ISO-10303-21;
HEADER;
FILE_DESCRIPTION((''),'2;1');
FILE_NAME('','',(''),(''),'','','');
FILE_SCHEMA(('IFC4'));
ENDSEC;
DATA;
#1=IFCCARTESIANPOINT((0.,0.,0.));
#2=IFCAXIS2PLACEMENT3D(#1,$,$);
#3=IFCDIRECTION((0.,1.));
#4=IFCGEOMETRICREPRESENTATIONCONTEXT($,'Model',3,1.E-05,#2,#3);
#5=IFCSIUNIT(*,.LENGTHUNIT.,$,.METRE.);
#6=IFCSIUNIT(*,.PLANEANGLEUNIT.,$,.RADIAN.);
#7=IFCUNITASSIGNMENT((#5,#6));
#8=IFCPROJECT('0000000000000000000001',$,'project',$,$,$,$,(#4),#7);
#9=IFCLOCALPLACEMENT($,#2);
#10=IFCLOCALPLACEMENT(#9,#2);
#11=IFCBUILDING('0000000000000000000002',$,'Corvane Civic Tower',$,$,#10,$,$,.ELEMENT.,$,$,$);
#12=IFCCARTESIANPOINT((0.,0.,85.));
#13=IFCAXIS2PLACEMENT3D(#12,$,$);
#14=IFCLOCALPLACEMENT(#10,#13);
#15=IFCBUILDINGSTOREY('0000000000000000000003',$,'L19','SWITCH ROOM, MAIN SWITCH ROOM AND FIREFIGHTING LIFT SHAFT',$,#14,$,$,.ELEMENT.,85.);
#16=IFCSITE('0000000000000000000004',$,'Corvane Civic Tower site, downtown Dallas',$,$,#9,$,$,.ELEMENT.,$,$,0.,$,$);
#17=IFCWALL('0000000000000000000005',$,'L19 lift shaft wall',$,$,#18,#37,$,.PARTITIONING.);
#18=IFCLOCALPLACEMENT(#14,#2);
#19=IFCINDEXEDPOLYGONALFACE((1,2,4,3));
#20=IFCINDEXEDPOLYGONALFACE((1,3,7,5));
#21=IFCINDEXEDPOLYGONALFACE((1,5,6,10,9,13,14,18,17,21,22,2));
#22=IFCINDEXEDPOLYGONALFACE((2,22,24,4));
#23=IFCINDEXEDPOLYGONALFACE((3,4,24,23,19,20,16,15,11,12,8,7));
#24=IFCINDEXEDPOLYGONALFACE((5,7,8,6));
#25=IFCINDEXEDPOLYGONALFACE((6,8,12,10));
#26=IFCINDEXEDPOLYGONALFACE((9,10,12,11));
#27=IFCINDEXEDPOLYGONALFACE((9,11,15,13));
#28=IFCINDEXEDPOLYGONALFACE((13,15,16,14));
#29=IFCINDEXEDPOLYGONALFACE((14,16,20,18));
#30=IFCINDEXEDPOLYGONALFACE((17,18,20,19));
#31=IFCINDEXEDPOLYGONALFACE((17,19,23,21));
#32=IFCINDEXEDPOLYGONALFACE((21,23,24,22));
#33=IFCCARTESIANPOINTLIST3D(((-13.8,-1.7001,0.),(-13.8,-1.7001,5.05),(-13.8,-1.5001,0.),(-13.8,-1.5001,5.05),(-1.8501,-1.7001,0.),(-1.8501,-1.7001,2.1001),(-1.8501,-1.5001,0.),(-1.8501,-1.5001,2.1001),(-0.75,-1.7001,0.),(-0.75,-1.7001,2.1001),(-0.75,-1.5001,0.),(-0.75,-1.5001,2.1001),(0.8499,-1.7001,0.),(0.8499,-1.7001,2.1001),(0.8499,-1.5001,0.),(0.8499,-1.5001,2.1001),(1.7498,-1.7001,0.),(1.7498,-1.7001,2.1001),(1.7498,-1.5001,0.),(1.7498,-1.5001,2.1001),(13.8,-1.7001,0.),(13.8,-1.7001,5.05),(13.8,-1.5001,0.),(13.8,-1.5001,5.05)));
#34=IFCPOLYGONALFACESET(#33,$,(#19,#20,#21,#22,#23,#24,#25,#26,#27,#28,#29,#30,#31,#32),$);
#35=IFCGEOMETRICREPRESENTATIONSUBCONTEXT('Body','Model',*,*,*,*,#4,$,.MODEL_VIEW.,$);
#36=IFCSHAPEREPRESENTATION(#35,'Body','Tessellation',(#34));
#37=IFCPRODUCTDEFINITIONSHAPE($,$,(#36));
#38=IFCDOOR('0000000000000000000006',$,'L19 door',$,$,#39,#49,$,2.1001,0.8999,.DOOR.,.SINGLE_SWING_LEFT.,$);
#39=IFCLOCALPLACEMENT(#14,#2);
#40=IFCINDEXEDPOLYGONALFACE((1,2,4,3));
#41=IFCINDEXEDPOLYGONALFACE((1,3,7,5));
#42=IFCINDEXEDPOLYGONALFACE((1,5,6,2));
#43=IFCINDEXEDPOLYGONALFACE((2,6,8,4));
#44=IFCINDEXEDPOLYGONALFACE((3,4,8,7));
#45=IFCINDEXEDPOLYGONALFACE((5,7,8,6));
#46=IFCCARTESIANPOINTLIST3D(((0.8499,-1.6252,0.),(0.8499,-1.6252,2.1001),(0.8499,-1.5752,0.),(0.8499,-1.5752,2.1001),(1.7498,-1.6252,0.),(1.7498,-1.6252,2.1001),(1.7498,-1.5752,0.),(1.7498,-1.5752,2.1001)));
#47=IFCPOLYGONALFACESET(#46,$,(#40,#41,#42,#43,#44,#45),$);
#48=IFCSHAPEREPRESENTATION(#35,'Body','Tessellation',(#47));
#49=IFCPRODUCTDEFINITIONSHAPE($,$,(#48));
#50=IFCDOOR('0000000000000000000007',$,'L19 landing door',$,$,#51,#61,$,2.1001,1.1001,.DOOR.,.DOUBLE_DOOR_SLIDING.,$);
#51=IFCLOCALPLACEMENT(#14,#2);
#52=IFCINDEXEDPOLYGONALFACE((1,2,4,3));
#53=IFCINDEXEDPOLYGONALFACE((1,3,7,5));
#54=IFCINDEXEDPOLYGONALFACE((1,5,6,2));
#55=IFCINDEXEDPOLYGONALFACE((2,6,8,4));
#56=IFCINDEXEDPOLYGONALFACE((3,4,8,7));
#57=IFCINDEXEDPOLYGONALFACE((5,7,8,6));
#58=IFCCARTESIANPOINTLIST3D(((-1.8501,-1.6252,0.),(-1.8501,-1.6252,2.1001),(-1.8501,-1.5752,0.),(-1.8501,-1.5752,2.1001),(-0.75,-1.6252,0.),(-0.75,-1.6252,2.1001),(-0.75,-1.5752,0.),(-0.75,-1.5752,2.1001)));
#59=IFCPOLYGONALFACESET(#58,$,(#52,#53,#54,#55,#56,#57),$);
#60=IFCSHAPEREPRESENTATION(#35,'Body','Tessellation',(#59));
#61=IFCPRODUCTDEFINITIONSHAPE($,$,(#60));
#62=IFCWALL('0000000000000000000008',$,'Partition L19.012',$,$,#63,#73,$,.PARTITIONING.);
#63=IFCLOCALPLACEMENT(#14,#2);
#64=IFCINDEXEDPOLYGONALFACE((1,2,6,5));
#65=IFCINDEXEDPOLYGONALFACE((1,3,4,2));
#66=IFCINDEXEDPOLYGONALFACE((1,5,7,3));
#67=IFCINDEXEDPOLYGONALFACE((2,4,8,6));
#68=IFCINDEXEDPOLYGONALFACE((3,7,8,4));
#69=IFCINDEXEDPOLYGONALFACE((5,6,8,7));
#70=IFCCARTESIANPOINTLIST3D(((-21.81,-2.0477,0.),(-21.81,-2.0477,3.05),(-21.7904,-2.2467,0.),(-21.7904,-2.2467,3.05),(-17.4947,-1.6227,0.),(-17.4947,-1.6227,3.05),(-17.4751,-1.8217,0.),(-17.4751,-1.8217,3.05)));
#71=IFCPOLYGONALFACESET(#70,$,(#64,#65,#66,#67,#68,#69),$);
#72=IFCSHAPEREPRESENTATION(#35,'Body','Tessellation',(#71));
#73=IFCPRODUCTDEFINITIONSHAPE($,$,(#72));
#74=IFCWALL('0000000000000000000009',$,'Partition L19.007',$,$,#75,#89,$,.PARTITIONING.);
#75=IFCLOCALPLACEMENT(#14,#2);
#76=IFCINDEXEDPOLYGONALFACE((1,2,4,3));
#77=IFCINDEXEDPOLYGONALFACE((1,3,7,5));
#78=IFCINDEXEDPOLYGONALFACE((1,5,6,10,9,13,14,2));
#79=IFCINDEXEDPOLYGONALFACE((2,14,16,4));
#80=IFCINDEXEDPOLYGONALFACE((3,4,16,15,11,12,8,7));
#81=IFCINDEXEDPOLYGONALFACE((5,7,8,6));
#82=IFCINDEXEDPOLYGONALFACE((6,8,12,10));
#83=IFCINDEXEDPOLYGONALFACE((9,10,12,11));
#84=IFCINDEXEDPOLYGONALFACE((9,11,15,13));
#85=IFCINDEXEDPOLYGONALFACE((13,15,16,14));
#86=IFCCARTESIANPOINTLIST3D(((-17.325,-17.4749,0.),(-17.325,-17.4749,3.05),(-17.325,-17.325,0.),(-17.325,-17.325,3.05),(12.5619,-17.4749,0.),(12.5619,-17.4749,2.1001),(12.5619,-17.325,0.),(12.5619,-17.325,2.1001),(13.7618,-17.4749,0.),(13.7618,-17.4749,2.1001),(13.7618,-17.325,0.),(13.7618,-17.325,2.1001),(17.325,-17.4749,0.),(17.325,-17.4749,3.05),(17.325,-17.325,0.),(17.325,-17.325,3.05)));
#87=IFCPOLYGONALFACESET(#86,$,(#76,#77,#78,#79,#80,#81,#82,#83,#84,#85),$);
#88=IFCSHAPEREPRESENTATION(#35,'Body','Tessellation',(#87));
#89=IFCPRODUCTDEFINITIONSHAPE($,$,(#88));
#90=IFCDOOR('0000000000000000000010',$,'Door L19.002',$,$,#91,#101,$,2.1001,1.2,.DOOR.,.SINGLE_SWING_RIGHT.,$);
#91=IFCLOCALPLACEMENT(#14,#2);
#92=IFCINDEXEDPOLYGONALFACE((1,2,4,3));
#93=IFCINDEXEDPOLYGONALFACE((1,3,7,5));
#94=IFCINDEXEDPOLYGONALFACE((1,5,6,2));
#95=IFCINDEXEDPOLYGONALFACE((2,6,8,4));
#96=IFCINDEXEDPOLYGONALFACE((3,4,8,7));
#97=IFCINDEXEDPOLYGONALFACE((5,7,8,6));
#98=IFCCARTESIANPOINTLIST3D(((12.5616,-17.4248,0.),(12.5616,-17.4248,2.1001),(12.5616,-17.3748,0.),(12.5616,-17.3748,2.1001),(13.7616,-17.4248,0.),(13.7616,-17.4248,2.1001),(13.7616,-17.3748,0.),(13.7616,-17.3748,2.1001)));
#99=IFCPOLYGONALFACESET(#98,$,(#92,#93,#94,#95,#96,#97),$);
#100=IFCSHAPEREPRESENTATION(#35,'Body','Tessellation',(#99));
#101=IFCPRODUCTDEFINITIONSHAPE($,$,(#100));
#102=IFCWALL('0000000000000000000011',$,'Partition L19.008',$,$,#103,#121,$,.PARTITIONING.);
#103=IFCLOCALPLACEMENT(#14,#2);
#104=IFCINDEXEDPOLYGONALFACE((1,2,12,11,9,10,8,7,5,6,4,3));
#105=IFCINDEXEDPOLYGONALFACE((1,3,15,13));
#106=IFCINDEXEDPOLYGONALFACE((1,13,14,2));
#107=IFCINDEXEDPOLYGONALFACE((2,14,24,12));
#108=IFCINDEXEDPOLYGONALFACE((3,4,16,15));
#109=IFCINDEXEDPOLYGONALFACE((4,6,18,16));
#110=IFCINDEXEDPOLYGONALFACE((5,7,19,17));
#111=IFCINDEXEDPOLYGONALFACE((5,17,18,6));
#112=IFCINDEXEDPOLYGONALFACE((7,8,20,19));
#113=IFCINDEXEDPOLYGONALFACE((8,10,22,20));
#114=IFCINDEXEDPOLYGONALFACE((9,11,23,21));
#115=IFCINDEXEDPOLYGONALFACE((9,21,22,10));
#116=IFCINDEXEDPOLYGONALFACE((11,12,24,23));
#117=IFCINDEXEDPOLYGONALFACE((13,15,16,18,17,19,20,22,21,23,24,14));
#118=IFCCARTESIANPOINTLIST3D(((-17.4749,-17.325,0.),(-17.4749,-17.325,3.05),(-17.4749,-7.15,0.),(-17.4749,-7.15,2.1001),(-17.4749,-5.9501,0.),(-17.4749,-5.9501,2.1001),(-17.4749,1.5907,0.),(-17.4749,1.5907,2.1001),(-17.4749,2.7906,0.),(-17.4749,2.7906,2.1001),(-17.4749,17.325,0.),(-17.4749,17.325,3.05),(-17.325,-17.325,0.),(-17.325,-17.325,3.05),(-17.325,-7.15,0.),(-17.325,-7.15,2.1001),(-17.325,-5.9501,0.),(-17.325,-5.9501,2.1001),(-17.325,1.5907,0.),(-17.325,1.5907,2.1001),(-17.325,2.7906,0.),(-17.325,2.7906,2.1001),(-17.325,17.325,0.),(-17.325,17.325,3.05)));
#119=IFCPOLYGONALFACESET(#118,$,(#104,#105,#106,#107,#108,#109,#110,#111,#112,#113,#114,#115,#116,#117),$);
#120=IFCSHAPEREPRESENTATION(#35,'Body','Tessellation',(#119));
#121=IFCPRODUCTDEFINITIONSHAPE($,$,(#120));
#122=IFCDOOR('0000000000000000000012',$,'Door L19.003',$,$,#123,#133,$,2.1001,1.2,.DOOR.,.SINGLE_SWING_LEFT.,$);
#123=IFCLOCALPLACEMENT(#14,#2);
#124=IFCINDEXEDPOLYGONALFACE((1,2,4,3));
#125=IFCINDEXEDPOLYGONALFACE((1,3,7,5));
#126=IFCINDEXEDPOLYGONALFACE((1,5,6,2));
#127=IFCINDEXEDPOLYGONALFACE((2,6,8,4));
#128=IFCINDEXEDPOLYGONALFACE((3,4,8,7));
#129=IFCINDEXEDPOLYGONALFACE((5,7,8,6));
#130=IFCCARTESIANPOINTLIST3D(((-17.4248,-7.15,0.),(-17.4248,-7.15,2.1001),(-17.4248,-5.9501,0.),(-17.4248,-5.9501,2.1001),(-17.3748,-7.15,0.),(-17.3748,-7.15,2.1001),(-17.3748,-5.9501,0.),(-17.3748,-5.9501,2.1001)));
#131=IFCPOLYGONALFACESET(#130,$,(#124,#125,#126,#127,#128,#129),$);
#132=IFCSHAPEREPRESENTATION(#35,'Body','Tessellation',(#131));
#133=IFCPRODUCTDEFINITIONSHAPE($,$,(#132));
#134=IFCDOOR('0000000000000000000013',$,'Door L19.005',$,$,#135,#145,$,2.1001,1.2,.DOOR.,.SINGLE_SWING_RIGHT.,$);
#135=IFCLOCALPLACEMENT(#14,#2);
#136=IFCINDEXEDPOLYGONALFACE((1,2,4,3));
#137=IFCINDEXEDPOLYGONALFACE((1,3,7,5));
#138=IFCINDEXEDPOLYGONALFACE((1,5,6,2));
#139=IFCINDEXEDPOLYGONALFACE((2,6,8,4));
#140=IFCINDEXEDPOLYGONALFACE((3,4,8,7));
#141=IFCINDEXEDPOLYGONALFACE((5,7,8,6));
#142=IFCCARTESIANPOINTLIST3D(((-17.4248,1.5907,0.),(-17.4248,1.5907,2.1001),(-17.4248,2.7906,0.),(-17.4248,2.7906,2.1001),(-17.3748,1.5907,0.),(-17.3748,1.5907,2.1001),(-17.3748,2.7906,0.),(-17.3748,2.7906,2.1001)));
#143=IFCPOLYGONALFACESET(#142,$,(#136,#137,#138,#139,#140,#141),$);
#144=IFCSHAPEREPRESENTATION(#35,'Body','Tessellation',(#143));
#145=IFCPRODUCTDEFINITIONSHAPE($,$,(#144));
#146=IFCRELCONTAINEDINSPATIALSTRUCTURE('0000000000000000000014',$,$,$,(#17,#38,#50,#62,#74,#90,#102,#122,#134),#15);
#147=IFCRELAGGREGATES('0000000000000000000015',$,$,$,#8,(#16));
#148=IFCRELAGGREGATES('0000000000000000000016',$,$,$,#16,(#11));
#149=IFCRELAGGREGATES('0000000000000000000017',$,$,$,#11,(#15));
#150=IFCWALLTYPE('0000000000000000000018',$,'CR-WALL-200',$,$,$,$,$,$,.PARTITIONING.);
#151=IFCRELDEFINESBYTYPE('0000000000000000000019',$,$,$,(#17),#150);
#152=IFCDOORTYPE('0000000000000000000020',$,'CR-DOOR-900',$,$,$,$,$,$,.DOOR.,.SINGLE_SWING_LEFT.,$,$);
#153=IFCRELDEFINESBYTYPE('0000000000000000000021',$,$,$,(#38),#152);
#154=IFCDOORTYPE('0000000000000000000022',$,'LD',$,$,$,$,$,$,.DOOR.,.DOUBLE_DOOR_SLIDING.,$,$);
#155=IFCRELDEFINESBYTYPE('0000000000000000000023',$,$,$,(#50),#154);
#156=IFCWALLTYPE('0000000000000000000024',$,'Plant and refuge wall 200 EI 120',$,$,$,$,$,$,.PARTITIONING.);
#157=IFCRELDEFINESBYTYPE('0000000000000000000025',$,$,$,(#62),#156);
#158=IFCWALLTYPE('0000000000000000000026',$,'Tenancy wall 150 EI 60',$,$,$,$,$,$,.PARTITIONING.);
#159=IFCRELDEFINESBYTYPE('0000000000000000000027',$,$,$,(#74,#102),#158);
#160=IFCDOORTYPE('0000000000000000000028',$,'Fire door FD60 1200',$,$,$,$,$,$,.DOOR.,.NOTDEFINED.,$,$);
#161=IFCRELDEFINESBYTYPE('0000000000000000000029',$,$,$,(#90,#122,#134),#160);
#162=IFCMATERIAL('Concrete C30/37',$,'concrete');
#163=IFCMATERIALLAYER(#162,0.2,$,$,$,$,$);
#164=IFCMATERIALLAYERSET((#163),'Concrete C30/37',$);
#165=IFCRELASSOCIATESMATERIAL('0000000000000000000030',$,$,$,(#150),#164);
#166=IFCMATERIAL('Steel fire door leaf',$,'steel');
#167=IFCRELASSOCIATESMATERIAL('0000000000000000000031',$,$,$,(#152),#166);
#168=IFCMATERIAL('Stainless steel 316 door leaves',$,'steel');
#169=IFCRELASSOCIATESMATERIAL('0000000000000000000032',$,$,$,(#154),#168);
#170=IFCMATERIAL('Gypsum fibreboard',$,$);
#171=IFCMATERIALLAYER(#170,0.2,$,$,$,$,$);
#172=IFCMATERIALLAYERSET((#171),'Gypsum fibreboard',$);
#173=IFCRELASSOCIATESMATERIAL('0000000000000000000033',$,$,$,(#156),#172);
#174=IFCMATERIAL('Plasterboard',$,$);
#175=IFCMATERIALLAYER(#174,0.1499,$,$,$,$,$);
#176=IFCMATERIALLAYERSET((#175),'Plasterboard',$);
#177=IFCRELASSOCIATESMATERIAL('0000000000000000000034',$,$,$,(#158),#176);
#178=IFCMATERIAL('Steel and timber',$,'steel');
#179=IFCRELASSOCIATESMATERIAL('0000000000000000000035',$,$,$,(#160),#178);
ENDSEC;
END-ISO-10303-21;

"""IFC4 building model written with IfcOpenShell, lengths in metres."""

from ifc_helpers import new_model, si_unit, direction, frame, frame_2d, origin, place, context, subcontext, project, spatial, rectangle, extrude, material, layer, layer_set, type_object, element, fill, save


model = new_model("IFC4")

# Units and contexts
model_context = context("Model", 3, precision=1e-05, world=origin(), true_north=direction((0.0, 1.0)))
body_context = subcontext(model_context, "Body", "Model", "MODEL_VIEW")
ifc_project = project(units=[si_unit("LENGTHUNIT", "METRE"), si_unit("PLANEANGLEUNIT", "RADIAN")], contexts=[model_context])

# Site, building, storey
site_placement = place(None, origin())
site = spatial("IfcSite", under=ifc_project, at=site_placement, Name="Corvane Civic Tower site, downtown Dallas", CompositionType="ELEMENT", RefElevation=0.0)
building_placement = place(site_placement, origin())
building = spatial("IfcBuilding", under=site, at=building_placement, Name="Corvane Civic Tower", CompositionType="ELEMENT")
storey_placement = place(building_placement, frame((0.0, 0.0, 85.0)))
storey = spatial("IfcBuildingStorey", under=building, at=storey_placement, Name="L19", Description="SWITCH ROOM, MAIN SWITCH ROOM AND FIREFIGHTING LIFT SHAFT", CompositionType="ELEMENT", Elevation=85.0)

# Shared definitions
ifc_material_1 = material(Name="Concrete C30/37", Category="concrete")
ifc_layer_1 = layer(ifc_material_1, 0.2)
ifc_layer_set_1 = layer_set([ifc_layer_1], Name="Concrete C30/37")
wall_type_1 = type_object("IfcWallType", Name="CR-WALL-200", PredefinedType="PARTITIONING", material=ifc_layer_set_1)
ifc_material_2 = material(Name="Steel fire door leaf", Category="steel")
door_type_1 = type_object("IfcDoorType", Name="CR-DOOR-900", OperationType="SINGLE_SWING_LEFT", PredefinedType="DOOR", material=ifc_material_2)

# Wall, openings, doors
wall_1_placement = place(storey_placement, frame((-13.8, -1.6001, 0.0), z_axis=(0.0, 0.0, 1.0), x_axis=(1.0, 0.0, 0.0)))
wall_1 = element("IfcWall", 1, at=wall_1_placement, inside=storey, type_object=wall_type_1, Name="L19 lift shaft wall", PredefinedType="PARTITIONING", context=body_context, shape_type="SweptSolid", body=[
    extrude(rectangle(XDim=27.6001, YDim=0.2, at=frame_2d((13.8, 0.0))), origin(), (0.0, 0.0, 1.0), 5.05),
])
opening_1_placement = place(wall_1_placement, frame((11.95, 0.0, 0.0)))
opening_1 = element("IfcOpeningElement", 2, at=opening_1_placement, cuts=wall_1, PredefinedType="OPENING", context=body_context, shape_type="SweptSolid", body=[
    extrude(rectangle(XDim=1.1001, YDim=2.1001, at=frame_2d((0.55, 1.05))), frame((0.0, 0.1099, 0.0), z_axis=(0.0, -1.0, 0.0), x_axis=(1.0, 0.0, 0.0)), (0.0, 0.0, 1.0), 0.22),
])
opening_2_placement = place(wall_1_placement, frame((14.6499, 0.0, 0.0)))
opening_2 = element("IfcOpeningElement", 3, at=opening_2_placement, cuts=wall_1, PredefinedType="OPENING", context=body_context, shape_type="SweptSolid", body=[
    extrude(rectangle(XDim=0.8999, YDim=2.1001, at=frame_2d((0.45, 1.05))), frame((0.0, 0.1099, 0.0), z_axis=(0.0, -1.0, 0.0), x_axis=(1.0, 0.0, 0.0)), (0.0, 0.0, 1.0), 0.22),
])
door_1_placement = place(opening_2_placement, origin())
door_1 = element("IfcDoor", 4, at=door_1_placement, inside=storey, type_object=door_type_1, Name="L19 door", OperationType="SINGLE_SWING_LEFT", OverallHeight=2.1001, OverallWidth=0.8999, PredefinedType="DOOR", context=body_context, shape_type="SweptSolid", body=[
    extrude(rectangle(XDim=0.8999, YDim=2.1001, at=frame_2d((0.45, 1.05))), frame((0.0, 0.0249, 0.0), z_axis=(0.0, -1.0, 0.0), x_axis=(1.0, 0.0, 0.0)), (0.0, 0.0, 1.0), 0.05),
])
fill(opening_2, door_1)
ifc_material_3 = material(Name="Stainless steel 316 door leaves", Category="steel")
door_type_2 = type_object("IfcDoorType", Name="LD", OperationType="DOUBLE_DOOR_SLIDING", PredefinedType="DOOR", material=ifc_material_3)
door_2_placement = place(opening_1_placement, origin())
door_2 = element("IfcDoor", 5, at=door_2_placement, inside=storey, type_object=door_type_2, Name="L19 landing door", OperationType="DOUBLE_DOOR_SLIDING", OverallHeight=2.1001, OverallWidth=1.1001, PredefinedType="DOOR", context=body_context, shape_type="SweptSolid", body=[
    extrude(rectangle(XDim=1.1001, YDim=2.1001, at=frame_2d((0.55, 1.05))), frame((0.0, 0.0249, 0.0), z_axis=(0.0, -1.0, 0.0), x_axis=(1.0, 0.0, 0.0)), (0.0, 0.0, 1.0), 0.05),
])
fill(opening_1, door_2)

# Wall
ifc_material_4 = material(Name="Gypsum fibreboard")
ifc_layer_2 = layer(ifc_material_4, 0.2)
ifc_layer_set_2 = layer_set([ifc_layer_2], Name="Gypsum fibreboard")
wall_type_2 = type_object("IfcWallType", Name="Plant and refuge wall 200 EI 120", PredefinedType="PARTITIONING", material=ifc_layer_set_2)
wall_2_placement = place(storey_placement, frame((-21.8, -2.1472, 0.0), z_axis=(0.0, 0.0, 1.0), x_axis=(0.995184, 0.098026, 0.0)))
element("IfcWall", 6, at=wall_2_placement, inside=storey, type_object=wall_type_2, Name="Partition L19.012", PredefinedType="PARTITIONING", context=body_context, shape_type="SweptSolid", body=[
    extrude(rectangle(XDim=4.3362, YDim=0.2, at=frame_2d((2.168, 0.0))), origin(), (0.0, 0.0, 1.0), 3.05),
])

# Wall, opening, door
ifc_material_5 = material(Name="Plasterboard")
ifc_layer_3 = layer(ifc_material_5, 0.1499)
ifc_layer_set_3 = layer_set([ifc_layer_3], Name="Plasterboard")
wall_type_3 = type_object("IfcWallType", Name="Tenancy wall 150 EI 60", PredefinedType="PARTITIONING", material=ifc_layer_set_3)
wall_3_placement = place(storey_placement, frame((-17.325, -17.3999, 0.0), z_axis=(0.0, 0.0, 1.0), x_axis=(1.0, 0.0, 0.0)))
wall_3 = element("IfcWall", 7, at=wall_3_placement, inside=storey, type_object=wall_type_3, Name="Partition L19.007", PredefinedType="PARTITIONING", context=body_context, shape_type="SweptSolid", body=[
    extrude(rectangle(XDim=34.6499, YDim=0.1499, at=frame_2d((17.325, 0.0))), origin(), (0.0, 0.0, 1.0), 3.05),
])
opening_3_placement = place(wall_3_placement, frame((29.8867, 0.0, 0.0)))
opening_3 = element("IfcOpeningElement", 8, at=opening_3_placement, cuts=wall_3, PredefinedType="OPENING", context=body_context, shape_type="SweptSolid", body=[
    extrude(rectangle(XDim=1.2, YDim=2.1001, at=frame_2d((0.6001, 1.05))), frame((0.0, 0.085, 0.0), z_axis=(0.0, -1.0, 0.0), x_axis=(1.0, 0.0, 0.0)), (0.0, 0.0, 1.0), 0.1699),
])
ifc_material_6 = material(Name="Steel and timber", Category="steel")
door_type_3 = type_object("IfcDoorType", Name="Fire door FD60 1200", OperationType="NOTDEFINED", PredefinedType="DOOR", material=ifc_material_6)
door_3_placement = place(opening_3_placement, frame((1.2, 0.0, 0.0), z_axis=(0.0, 0.0, 1.0), x_axis=(-1.0, 0.0, 0.0)))
door_3 = element("IfcDoor", 9, at=door_3_placement, inside=storey, type_object=door_type_3, Name="Door L19.002", OperationType="SINGLE_SWING_RIGHT", OverallHeight=2.1001, OverallWidth=1.2, PredefinedType="DOOR", context=body_context, shape_type="SweptSolid", body=[
    extrude(rectangle(XDim=1.2, YDim=2.1001, at=frame_2d((0.6001, 1.05))), frame((0.0, 0.0249, 0.0), z_axis=(0.0, -1.0, 0.0), x_axis=(1.0, 0.0, 0.0)), (0.0, 0.0, 1.0), 0.05),
])
fill(opening_3, door_3)

# Wall, openings, doors
wall_4_placement = place(storey_placement, frame((-17.3999, -17.325, 0.0), z_axis=(0.0, 0.0, 1.0), x_axis=(0.0, 1.0, 0.0)))
wall_4 = element("IfcWall", 10, at=wall_4_placement, inside=storey, type_object=wall_type_3, Name="Partition L19.008", PredefinedType="PARTITIONING", context=body_context, shape_type="SweptSolid", body=[
    extrude(rectangle(XDim=34.6499, YDim=0.1499, at=frame_2d((17.325, 0.0))), origin(), (0.0, 0.0, 1.0), 3.05),
])
opening_4_placement = place(wall_4_placement, frame((10.1748, 0.0, 0.0)))
opening_4 = element("IfcOpeningElement", 11, at=opening_4_placement, cuts=wall_4, PredefinedType="OPENING", context=body_context, shape_type="SweptSolid", body=[
    extrude(rectangle(XDim=1.2, YDim=2.1001, at=frame_2d((0.6001, 1.05))), frame((0.0, 0.085, 0.0), z_axis=(0.0, -1.0, 0.0), x_axis=(1.0, 0.0, 0.0)), (0.0, 0.0, 1.0), 0.1699),
])
opening_5_placement = place(wall_4_placement, frame((18.9155, 0.0, 0.0)))
opening_5 = element("IfcOpeningElement", 12, at=opening_5_placement, cuts=wall_4, PredefinedType="OPENING", context=body_context, shape_type="SweptSolid", body=[
    extrude(rectangle(XDim=1.2, YDim=2.1001, at=frame_2d((0.6001, 1.05))), frame((0.0, 0.085, 0.0), z_axis=(0.0, -1.0, 0.0), x_axis=(1.0, 0.0, 0.0)), (0.0, 0.0, 1.0), 0.1699),
])
door_4_placement = place(opening_4_placement, origin())
door_4 = element("IfcDoor", 13, at=door_4_placement, inside=storey, type_object=door_type_3, Name="Door L19.003", OperationType="SINGLE_SWING_LEFT", OverallHeight=2.1001, OverallWidth=1.2, PredefinedType="DOOR", context=body_context, shape_type="SweptSolid", body=[
    extrude(rectangle(XDim=1.2, YDim=2.1001, at=frame_2d((0.6001, 1.05))), frame((0.0, 0.0249, 0.0), z_axis=(0.0, -1.0, 0.0), x_axis=(1.0, 0.0, 0.0)), (0.0, 0.0, 1.0), 0.05),
])
fill(opening_4, door_4)
door_5_placement = place(opening_5_placement, origin())
door_5 = element("IfcDoor", 14, at=door_5_placement, inside=storey, type_object=door_type_3, Name="Door L19.005", OperationType="SINGLE_SWING_RIGHT", OverallHeight=2.1001, OverallWidth=1.2, PredefinedType="DOOR", context=body_context, shape_type="SweptSolid", body=[
    extrude(rectangle(XDim=1.2, YDim=2.1001, at=frame_2d((0.6001, 1.05))), frame((0.0, 0.0249, 0.0), z_axis=(0.0, -1.0, 0.0), x_axis=(1.0, 0.0, 0.0)), (0.0, 0.0, 1.0), 0.05),
])
fill(opening_5, door_5)

save(model, "model.ifc")
